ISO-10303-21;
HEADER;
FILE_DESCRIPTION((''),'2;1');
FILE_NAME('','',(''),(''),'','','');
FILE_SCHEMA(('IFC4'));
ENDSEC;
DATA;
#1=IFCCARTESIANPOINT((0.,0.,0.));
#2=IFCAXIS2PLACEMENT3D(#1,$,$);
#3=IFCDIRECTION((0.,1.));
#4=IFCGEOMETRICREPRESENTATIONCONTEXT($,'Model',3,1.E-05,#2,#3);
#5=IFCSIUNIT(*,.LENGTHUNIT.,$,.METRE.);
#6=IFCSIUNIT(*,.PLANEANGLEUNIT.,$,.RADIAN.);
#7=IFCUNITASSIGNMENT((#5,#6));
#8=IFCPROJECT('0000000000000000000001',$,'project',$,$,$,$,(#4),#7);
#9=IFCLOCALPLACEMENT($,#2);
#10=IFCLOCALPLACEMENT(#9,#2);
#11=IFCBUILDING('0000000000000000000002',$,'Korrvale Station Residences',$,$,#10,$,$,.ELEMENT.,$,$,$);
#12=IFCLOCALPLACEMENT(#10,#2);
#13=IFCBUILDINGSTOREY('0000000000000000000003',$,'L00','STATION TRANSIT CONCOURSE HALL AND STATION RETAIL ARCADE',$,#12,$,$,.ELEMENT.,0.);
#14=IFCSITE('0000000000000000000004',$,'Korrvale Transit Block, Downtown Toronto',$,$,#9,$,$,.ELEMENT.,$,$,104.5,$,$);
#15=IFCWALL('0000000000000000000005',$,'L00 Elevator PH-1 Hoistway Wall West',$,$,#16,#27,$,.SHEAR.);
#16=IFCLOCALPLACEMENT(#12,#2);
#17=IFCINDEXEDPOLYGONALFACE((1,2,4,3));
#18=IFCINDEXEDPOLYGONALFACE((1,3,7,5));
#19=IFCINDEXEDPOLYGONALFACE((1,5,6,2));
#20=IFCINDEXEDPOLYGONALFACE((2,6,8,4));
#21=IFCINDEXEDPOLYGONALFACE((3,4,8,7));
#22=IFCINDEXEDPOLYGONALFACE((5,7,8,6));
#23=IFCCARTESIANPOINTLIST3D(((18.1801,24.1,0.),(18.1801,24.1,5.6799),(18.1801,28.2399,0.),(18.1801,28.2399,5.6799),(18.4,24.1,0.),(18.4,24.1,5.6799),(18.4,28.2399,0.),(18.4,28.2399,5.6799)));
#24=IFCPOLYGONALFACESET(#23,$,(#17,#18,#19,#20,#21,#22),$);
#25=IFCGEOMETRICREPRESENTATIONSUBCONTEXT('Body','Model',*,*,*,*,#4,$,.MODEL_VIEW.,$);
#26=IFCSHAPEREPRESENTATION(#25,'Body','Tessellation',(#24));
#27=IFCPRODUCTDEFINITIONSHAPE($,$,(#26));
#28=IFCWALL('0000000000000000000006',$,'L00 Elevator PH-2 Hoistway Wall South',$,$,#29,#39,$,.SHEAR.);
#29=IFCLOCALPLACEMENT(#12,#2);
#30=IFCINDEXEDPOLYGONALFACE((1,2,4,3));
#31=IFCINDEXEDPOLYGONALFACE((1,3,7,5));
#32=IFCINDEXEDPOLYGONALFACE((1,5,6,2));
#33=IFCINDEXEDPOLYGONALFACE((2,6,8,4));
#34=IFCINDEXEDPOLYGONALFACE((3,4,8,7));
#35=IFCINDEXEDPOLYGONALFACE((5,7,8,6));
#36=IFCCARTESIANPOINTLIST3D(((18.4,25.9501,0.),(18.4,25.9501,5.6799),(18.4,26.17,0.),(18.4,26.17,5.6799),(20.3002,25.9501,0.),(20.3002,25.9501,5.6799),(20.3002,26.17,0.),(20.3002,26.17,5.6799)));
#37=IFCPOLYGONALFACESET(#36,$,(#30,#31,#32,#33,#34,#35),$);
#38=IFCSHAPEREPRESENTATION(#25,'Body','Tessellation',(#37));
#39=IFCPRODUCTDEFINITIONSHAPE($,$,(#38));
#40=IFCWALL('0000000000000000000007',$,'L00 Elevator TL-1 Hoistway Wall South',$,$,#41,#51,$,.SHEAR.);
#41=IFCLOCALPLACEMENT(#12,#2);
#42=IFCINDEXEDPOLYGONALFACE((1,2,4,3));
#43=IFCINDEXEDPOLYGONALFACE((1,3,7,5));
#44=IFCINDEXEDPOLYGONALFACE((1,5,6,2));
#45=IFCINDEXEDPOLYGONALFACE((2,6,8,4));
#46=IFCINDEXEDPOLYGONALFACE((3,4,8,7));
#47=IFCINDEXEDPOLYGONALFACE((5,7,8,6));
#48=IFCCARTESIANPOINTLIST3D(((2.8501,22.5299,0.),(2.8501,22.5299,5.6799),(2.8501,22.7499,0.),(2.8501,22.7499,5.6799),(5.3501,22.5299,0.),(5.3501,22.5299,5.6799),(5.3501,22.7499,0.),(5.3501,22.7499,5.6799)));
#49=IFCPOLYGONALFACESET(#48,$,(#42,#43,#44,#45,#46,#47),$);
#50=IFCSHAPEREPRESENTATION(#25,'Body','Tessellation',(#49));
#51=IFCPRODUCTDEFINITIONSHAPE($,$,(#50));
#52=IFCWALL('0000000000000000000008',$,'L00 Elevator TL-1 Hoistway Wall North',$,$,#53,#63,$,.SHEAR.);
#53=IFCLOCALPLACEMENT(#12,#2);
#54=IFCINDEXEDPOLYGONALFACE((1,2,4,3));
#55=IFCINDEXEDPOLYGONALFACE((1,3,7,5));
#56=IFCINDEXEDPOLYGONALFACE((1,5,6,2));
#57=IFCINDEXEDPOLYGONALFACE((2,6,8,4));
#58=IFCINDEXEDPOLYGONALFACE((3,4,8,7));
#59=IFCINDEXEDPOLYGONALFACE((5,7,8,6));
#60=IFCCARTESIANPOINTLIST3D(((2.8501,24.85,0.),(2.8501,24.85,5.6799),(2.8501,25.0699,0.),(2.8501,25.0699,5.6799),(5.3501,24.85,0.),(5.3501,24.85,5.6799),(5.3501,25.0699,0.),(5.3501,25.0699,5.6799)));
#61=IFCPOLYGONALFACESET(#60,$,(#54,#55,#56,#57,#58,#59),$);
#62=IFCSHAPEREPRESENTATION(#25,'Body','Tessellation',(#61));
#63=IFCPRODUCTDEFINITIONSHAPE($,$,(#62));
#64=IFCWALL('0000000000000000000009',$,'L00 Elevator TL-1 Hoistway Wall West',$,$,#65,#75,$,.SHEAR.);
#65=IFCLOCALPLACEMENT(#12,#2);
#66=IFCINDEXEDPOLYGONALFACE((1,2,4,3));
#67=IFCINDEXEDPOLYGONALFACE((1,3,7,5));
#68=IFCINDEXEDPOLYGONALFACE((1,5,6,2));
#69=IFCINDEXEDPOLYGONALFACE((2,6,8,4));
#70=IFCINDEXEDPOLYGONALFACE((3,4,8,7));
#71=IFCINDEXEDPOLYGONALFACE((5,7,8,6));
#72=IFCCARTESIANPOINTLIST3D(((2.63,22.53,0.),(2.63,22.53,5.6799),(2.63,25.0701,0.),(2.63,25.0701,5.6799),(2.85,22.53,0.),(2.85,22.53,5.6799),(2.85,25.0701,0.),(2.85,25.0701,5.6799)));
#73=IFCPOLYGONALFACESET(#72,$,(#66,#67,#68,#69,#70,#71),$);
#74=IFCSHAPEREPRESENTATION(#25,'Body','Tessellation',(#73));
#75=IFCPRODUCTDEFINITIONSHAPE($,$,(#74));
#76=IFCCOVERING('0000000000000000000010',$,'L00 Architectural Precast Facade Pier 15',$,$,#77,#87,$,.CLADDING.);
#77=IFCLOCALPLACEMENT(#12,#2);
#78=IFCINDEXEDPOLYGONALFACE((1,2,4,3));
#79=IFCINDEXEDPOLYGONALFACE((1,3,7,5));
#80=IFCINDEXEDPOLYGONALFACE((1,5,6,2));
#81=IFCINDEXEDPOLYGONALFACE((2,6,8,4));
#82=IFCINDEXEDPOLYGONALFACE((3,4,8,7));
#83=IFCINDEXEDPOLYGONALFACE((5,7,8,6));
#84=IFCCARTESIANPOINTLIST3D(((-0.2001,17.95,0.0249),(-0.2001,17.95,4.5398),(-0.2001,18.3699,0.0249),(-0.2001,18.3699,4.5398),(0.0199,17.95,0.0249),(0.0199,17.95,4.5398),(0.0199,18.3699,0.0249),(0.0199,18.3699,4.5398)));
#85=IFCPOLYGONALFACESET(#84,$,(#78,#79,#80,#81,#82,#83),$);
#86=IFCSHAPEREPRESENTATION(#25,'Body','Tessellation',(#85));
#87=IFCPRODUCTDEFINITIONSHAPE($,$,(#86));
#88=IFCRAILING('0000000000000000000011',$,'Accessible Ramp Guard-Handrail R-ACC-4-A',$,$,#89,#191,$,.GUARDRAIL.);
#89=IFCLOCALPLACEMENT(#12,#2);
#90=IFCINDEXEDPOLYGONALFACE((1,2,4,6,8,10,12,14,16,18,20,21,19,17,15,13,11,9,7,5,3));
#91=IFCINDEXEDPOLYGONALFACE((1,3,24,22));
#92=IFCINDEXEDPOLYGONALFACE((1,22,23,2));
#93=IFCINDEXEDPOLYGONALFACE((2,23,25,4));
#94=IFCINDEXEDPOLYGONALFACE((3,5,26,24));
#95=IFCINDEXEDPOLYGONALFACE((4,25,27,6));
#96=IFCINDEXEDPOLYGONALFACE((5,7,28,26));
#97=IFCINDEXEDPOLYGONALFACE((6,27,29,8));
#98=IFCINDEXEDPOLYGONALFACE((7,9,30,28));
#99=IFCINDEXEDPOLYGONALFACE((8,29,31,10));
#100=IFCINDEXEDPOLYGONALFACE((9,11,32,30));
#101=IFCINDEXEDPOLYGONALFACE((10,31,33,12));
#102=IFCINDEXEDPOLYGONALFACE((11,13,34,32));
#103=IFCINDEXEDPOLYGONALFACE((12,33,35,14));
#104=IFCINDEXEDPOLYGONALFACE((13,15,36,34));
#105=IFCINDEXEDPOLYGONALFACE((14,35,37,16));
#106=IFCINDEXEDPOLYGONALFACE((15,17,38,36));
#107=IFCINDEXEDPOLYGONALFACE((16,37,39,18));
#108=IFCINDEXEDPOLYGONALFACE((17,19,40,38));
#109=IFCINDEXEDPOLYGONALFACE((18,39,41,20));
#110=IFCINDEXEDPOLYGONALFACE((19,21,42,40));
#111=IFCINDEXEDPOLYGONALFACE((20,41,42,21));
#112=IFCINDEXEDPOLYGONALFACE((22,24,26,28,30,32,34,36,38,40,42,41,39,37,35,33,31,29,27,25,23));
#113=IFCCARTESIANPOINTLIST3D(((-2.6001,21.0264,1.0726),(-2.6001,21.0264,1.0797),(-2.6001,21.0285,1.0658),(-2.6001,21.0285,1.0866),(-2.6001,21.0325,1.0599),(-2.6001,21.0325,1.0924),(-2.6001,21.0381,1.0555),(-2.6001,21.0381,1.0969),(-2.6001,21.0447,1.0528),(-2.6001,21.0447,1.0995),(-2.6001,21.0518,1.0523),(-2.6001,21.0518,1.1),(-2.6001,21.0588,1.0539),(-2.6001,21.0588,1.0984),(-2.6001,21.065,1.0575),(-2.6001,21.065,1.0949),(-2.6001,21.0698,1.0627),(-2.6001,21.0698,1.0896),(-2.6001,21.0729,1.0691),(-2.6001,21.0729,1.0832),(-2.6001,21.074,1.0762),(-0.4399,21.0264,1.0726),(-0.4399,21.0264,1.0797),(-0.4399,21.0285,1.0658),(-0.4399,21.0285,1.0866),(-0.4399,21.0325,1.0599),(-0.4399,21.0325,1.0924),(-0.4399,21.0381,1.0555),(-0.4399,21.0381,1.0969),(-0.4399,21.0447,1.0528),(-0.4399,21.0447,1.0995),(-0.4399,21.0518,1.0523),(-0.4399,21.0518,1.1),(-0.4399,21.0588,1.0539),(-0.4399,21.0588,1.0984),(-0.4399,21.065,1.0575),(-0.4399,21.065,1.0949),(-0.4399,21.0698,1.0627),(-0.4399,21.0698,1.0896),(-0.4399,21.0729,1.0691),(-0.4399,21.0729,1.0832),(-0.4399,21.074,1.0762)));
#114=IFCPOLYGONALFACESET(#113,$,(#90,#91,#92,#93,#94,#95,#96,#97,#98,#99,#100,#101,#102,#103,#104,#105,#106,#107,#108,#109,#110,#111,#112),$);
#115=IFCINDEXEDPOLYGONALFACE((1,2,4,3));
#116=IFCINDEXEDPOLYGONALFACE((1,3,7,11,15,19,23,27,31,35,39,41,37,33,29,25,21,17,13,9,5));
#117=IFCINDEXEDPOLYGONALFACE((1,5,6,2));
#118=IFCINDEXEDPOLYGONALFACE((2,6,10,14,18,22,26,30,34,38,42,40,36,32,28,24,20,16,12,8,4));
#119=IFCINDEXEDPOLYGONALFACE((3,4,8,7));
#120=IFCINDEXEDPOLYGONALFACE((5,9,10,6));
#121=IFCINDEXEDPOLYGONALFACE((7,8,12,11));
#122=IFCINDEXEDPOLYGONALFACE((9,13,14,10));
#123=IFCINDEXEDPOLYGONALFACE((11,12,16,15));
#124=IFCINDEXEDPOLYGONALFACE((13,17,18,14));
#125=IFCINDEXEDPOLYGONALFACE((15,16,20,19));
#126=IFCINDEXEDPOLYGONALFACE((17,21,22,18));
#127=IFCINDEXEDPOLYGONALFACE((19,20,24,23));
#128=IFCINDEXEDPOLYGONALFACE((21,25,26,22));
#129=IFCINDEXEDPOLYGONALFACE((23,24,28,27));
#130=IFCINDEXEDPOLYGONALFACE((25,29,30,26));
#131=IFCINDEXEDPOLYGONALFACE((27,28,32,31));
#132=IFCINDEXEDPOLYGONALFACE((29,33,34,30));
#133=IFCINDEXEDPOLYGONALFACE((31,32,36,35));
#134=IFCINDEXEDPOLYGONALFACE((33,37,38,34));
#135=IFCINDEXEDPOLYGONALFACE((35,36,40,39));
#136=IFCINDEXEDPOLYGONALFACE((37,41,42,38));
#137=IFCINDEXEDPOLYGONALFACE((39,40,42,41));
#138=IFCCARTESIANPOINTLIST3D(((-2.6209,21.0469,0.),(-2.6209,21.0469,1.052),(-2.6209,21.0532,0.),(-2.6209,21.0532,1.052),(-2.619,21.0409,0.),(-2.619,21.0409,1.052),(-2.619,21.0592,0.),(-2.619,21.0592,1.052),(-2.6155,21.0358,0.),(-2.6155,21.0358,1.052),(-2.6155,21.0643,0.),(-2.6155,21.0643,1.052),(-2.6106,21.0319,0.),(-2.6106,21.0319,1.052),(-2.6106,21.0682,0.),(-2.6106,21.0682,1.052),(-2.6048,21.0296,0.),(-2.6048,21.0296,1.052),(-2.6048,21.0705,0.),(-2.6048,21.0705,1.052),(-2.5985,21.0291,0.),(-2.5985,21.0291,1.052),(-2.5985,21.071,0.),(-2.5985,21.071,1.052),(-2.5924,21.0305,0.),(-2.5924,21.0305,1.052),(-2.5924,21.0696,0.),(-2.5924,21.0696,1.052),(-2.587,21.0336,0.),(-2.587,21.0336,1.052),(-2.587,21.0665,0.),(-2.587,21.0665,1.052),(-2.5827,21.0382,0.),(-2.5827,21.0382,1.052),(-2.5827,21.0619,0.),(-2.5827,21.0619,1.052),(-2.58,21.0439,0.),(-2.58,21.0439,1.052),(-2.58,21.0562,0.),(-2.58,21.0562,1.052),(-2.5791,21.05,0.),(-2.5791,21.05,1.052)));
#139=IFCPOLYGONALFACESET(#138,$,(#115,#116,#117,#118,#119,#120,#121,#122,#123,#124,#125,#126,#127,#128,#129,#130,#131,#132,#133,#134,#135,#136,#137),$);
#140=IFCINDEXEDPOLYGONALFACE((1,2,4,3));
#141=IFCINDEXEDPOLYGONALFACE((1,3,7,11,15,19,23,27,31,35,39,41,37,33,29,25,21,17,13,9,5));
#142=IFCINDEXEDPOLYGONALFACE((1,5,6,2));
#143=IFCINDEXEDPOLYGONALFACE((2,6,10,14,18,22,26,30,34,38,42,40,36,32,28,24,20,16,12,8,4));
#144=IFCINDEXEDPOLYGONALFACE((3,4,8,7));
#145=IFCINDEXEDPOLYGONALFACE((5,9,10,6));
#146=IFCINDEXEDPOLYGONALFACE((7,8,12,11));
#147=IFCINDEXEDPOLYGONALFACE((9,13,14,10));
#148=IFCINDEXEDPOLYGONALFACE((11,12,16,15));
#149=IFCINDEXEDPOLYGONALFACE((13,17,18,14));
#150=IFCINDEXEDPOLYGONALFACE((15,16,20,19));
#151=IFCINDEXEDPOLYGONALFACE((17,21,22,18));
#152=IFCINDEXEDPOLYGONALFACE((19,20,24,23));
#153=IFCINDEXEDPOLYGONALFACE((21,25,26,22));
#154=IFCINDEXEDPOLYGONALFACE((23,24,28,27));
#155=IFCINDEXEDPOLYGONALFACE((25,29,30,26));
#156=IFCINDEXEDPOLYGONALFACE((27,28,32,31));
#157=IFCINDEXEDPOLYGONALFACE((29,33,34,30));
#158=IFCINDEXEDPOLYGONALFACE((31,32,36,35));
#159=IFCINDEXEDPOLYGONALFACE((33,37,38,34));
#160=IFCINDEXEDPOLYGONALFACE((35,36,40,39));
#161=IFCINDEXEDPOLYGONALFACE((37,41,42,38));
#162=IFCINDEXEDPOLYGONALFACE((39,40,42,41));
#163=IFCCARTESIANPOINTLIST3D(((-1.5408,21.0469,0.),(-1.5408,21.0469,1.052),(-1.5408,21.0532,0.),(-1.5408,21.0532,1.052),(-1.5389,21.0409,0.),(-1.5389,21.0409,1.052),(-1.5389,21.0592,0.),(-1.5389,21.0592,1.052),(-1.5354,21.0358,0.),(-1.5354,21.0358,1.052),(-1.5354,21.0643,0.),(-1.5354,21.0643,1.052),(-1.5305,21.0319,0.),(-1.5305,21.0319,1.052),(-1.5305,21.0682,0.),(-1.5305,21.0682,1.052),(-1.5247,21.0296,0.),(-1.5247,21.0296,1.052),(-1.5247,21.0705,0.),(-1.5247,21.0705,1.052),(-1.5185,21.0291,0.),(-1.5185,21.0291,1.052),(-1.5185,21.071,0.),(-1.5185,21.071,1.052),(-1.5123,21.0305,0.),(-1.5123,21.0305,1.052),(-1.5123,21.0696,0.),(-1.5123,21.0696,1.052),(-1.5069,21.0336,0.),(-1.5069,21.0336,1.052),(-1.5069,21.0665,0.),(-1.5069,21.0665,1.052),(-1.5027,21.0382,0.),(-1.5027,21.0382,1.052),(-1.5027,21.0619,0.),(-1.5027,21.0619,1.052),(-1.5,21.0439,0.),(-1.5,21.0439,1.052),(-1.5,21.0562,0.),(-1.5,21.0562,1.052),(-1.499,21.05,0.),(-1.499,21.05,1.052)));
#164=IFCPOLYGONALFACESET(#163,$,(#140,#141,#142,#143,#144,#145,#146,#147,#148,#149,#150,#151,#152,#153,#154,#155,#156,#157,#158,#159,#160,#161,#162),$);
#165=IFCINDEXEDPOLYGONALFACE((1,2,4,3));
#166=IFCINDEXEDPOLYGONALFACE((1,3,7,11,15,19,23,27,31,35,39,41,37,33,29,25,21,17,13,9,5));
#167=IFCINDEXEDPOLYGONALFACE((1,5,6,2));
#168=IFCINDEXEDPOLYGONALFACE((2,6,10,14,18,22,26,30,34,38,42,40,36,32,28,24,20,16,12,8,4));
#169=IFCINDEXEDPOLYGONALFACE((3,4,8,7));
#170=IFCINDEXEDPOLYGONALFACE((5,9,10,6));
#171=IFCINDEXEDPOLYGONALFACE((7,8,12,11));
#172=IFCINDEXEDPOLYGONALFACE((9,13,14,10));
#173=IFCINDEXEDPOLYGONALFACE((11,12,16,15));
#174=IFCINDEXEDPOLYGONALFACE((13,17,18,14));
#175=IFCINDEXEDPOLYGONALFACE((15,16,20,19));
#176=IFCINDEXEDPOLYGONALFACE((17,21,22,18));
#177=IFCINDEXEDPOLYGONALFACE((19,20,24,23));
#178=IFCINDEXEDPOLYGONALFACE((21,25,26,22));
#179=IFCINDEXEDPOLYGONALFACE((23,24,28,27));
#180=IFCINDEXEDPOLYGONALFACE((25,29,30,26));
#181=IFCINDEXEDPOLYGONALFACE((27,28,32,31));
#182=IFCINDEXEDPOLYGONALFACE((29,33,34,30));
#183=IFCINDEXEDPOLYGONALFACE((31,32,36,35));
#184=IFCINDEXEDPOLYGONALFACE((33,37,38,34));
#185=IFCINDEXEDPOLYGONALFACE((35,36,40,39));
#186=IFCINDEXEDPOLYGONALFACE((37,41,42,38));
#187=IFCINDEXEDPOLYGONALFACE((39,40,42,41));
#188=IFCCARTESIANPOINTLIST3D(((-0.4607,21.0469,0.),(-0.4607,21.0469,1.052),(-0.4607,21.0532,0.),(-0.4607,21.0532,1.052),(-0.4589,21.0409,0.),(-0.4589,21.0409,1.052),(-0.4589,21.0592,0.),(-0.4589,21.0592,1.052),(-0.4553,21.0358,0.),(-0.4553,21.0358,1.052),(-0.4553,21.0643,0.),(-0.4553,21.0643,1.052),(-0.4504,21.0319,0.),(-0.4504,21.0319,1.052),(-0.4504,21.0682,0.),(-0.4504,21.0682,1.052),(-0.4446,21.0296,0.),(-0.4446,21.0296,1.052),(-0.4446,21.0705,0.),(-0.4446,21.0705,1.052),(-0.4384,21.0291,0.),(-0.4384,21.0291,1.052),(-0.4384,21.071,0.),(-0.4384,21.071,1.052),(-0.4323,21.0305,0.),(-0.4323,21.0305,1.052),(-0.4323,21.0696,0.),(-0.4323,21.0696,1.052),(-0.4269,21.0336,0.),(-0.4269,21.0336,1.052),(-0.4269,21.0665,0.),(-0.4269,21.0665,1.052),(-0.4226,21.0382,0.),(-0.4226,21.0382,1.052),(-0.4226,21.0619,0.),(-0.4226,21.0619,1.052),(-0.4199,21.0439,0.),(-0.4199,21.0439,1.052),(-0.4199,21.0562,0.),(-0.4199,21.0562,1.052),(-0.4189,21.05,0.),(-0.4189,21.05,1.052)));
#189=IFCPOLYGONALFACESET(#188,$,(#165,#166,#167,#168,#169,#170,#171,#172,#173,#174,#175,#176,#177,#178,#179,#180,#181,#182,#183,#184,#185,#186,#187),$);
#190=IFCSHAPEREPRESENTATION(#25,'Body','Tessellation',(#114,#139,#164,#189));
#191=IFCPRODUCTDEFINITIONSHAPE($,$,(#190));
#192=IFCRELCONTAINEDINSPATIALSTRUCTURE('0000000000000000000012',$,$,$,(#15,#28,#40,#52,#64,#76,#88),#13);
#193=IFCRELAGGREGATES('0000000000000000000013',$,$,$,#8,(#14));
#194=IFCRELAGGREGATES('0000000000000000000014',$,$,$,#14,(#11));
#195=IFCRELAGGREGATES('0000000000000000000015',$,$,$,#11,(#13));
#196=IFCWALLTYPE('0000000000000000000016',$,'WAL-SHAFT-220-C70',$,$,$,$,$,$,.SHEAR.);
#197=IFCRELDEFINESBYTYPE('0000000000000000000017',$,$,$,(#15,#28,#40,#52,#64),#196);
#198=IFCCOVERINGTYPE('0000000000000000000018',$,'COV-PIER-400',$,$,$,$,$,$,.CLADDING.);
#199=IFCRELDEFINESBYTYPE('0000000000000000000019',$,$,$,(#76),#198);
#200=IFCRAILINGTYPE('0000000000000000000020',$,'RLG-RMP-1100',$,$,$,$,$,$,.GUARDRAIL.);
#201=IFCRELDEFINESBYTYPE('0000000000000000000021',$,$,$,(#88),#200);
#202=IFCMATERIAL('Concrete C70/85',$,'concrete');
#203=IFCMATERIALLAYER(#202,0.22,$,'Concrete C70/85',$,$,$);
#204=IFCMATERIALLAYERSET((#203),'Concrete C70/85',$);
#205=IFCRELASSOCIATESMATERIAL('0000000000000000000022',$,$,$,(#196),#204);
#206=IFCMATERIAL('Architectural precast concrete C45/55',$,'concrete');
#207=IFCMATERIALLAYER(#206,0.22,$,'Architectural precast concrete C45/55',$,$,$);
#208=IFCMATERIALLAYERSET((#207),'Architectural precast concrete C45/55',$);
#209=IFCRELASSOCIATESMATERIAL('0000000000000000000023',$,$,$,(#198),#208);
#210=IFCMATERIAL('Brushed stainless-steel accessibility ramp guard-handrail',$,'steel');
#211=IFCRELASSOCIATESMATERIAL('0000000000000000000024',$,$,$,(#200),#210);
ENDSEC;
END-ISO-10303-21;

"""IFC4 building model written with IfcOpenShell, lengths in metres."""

from ifc_helpers import new_model, si_unit, direction, frame, frame_2d, origin, origin_2d, place, context, subcontext, project, spatial, rectangle, circle, extrude, material, layer, layer_set, type_object, element, save


model = new_model("IFC4")

# Units and contexts
model_context = context("Model", 3, precision=1e-05, world=origin(), true_north=direction((0.0, 1.0)))
body_context = subcontext(model_context, "Body", "Model", "MODEL_VIEW")
ifc_project = project(units=[si_unit("LENGTHUNIT", "METRE"), si_unit("PLANEANGLEUNIT", "RADIAN")], contexts=[model_context])

# Site, building, storey
site_placement = place(None, origin())
site = spatial("IfcSite", under=ifc_project, at=site_placement, Name="Korrvale Transit Block, Downtown Toronto", CompositionType="ELEMENT", RefElevation=104.5)
building_placement = place(site_placement, origin())
building = spatial("IfcBuilding", under=site, at=building_placement, Name="Korrvale Station Residences", CompositionType="ELEMENT")
storey_placement = place(building_placement, origin())
storey = spatial("IfcBuildingStorey", under=building, at=storey_placement, Name="L00", Description="STATION TRANSIT CONCOURSE HALL AND STATION RETAIL ARCADE", CompositionType="ELEMENT", Elevation=0.0)

# Shared definitions
ifc_material_1 = material(Name="Concrete C70/85", Category="concrete")

# Walls
ifc_layer_1 = layer(ifc_material_1, 0.22, Name="Concrete C70/85")
ifc_layer_set_1 = layer_set([ifc_layer_1], Name="Concrete C70/85")
wall_type_1 = type_object("IfcWallType", Name="WAL-SHAFT-220-C70", PredefinedType="SHEAR", material=ifc_layer_set_1)
wall_1_placement = place(storey_placement, frame((18.29, 24.1001, 0.0), z_axis=(0.0, 0.0, 1.0), x_axis=(0.0, 1.0, 0.0)))
element("IfcWall", 1, at=wall_1_placement, inside=storey, type_object=wall_type_1, Name="L00 Elevator PH-1 Hoistway Wall West", PredefinedType="SHEAR", context=body_context, shape_type="SweptSolid", body=[
    extrude(rectangle(XDim=4.1399, YDim=0.22, at=frame_2d((2.0698, 0.0))), origin(), (0.0, 0.0, 1.0), 5.6799),
])
wall_2_placement = place(storey_placement, frame((18.3999, 26.0601, 0.0), z_axis=(0.0, 0.0, 1.0), x_axis=(1.0, 0.0, 0.0)))
element("IfcWall", 2, at=wall_2_placement, inside=storey, type_object=wall_type_1, Name="L00 Elevator PH-2 Hoistway Wall South", PredefinedType="SHEAR", context=body_context, shape_type="SweptSolid", body=[
    extrude(rectangle(XDim=1.9001, YDim=0.22, at=frame_2d((0.9502, 0.0))), origin(), (0.0, 0.0, 1.0), 5.6799),
])
for number, where, z_axis, x_axis, name in (
    (3, (2.8501, 22.6399, 0.0), (0.0, 0.0, 1.0), (1.0, 0.0, 0.0), "L00 Elevator TL-1 Hoistway Wall South"),
    (4, (2.8501, 24.96, 0.0), (0.0, 0.0, 1.0), (1.0, 0.0, 0.0), "L00 Elevator TL-1 Hoistway Wall North"),
):
    element("IfcWall", number, at=place(storey_placement, frame(where, z_axis=z_axis, x_axis=x_axis)), inside=storey, type_object=wall_type_1, Name=name, PredefinedType="SHEAR", context=body_context, shape_type="SweptSolid", body=[
        extrude(rectangle(XDim=2.5, YDim=0.22, at=frame_2d((1.25, 0.0))), origin(), (0.0, 0.0, 1.0), 5.6799),
    ])
wall_3_placement = place(storey_placement, frame((2.74, 22.53, 0.0), z_axis=(0.0, 0.0, 1.0), x_axis=(0.0, 1.0, 0.0)))
element("IfcWall", 5, at=wall_3_placement, inside=storey, type_object=wall_type_1, Name="L00 Elevator TL-1 Hoistway Wall West", PredefinedType="SHEAR", context=body_context, shape_type="SweptSolid", body=[
    extrude(rectangle(XDim=2.54, YDim=0.22, at=frame_2d((1.27, 0.0))), origin(), (0.0, 0.0, 1.0), 5.6799),
])

# Covering
ifc_material_2 = material(Name="Architectural precast concrete C45/55", Category="concrete")
ifc_layer_2 = layer(ifc_material_2, 0.22, Name="Architectural precast concrete C45/55")
ifc_layer_set_2 = layer_set([ifc_layer_2], Name="Architectural precast concrete C45/55")
covering_type = type_object("IfcCoveringType", Name="COV-PIER-400", PredefinedType="CLADDING", material=ifc_layer_set_2)
covering_placement = place(storey_placement, frame((-0.0901, 18.1599, 0.0249), z_axis=(0.0, 0.0, 1.0), x_axis=(0.0, 1.0, 0.0)))
element("IfcCovering", 6, at=covering_placement, inside=storey, type_object=covering_type, Name="L00 Architectural Precast Facade Pier 15", PredefinedType="CLADDING", context=body_context, shape_type="SweptSolid", body=[
    extrude(rectangle(XDim=0.4199, YDim=0.22, at=origin_2d()), origin(), (0.0, 0.0, 1.0), 4.5149),
])

# Railing
ifc_material_3 = material(Name="Brushed stainless-steel accessibility ramp guard-handrail", Category="steel")
railing_type_1 = type_object("IfcRailingType", Name="RLG-RMP-1100", PredefinedType="GUARDRAIL", material=ifc_material_3)
for number, where, name in (
    (7, (-2.6001, 21.05, 0.0), "Accessible Ramp Guard-Handrail R-ACC-4-A"),
):
    element("IfcRailing", number, at=place(storey_placement, frame(where)), inside=storey, type_object=railing_type_1, Name=name, PredefinedType="GUARDRAIL", context=body_context, shape_type="SweptSolid", body=[
        extrude(circle(Radius=0.0239, at=origin_2d()), frame((0.0, 0.0, 1.0762), z_axis=(1.0, 0.0, 0.0), x_axis=(0.0, 1.0, 0.0)), (0.0, 0.0, 1.0), 2.1602),
        extrude(circle(Radius=0.021, at=origin_2d()), origin(), (0.0, 0.0, 1.0), 1.052),
        extrude(circle(Radius=0.021, at=origin_2d()), frame((1.0801, 0.0, 0.0)), (0.0, 0.0, 1.0), 1.052),
        extrude(circle(Radius=0.021, at=origin_2d()), frame((2.1602, 0.0, 0.0)), (0.0, 0.0, 1.0), 1.052),
    ])

save(model, "model.ifc")
